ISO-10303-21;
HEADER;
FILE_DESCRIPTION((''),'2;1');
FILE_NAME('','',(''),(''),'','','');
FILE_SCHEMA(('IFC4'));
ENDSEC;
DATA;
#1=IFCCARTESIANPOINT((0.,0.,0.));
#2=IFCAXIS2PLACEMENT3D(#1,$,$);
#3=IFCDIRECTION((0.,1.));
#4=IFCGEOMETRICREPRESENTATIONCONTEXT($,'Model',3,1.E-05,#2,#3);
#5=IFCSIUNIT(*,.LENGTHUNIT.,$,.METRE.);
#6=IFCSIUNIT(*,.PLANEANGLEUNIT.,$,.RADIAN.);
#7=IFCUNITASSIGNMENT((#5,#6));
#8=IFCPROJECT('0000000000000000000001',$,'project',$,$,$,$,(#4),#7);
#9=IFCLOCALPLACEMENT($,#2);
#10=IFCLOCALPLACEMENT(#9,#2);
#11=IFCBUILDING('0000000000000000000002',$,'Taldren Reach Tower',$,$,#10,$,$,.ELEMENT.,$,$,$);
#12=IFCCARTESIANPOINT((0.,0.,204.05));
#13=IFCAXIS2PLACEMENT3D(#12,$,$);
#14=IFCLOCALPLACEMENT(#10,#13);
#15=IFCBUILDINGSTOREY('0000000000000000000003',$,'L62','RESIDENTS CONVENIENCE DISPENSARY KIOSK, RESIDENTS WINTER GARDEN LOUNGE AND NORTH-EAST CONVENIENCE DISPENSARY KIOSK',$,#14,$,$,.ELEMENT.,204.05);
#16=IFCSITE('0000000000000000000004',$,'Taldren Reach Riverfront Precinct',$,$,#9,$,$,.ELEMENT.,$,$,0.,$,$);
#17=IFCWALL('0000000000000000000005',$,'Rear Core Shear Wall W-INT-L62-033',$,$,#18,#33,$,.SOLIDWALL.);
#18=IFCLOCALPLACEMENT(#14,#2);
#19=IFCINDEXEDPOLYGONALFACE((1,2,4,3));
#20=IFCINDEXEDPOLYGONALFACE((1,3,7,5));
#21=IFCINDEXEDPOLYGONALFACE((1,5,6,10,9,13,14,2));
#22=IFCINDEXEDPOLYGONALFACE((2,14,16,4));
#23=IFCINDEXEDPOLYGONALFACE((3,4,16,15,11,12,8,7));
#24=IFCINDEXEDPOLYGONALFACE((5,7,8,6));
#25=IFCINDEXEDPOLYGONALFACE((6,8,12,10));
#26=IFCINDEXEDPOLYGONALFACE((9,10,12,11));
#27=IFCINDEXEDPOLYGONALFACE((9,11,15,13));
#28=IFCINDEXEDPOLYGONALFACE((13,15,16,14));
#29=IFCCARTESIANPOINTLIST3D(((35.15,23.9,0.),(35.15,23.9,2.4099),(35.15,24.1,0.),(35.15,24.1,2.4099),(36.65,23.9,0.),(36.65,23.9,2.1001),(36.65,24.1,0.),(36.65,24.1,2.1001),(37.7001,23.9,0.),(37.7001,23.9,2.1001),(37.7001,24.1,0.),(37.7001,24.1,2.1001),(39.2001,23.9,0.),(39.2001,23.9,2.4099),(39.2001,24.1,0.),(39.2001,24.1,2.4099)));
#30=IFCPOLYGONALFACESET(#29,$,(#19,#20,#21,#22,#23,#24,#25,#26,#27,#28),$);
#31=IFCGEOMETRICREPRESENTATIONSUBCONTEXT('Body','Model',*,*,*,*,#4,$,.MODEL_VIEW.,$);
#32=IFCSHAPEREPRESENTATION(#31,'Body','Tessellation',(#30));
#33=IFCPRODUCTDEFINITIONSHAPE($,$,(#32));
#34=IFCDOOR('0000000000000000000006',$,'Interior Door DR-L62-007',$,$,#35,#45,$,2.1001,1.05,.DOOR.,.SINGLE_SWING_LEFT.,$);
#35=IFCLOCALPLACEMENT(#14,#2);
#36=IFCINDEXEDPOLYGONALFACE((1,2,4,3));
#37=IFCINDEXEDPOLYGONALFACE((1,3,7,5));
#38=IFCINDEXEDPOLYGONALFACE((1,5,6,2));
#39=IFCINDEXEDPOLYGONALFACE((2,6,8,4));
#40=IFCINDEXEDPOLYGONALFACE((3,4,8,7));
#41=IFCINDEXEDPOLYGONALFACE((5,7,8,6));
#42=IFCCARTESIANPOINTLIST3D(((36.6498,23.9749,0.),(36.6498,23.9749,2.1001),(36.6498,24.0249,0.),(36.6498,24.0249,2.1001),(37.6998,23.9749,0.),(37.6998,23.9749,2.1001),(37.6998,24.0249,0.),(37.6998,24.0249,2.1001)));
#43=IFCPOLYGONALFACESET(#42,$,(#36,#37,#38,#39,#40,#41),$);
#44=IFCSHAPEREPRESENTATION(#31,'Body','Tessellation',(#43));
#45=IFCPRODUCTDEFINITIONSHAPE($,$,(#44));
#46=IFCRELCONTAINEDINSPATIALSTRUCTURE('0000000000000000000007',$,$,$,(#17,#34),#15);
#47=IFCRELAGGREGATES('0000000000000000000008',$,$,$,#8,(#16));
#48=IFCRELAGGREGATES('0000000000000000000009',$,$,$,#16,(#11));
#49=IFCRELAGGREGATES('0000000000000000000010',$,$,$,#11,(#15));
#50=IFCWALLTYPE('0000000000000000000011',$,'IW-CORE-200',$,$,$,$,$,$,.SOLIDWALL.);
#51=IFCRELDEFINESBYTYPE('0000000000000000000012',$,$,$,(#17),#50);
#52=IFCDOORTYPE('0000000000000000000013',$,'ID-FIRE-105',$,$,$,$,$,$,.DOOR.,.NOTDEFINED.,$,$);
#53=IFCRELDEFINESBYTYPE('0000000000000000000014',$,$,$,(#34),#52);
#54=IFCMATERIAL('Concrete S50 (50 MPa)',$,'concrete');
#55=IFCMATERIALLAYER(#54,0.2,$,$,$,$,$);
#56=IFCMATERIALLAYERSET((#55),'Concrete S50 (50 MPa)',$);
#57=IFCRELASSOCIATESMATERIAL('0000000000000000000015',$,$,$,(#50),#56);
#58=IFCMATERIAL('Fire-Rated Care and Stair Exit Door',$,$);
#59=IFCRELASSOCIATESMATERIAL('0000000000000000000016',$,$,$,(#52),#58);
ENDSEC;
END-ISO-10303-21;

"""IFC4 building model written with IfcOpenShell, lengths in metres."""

from ifc_helpers import new_model, si_unit, direction, frame, frame_2d, origin, place, context, subcontext, project, spatial, rectangle, extrude, source, transform, mapped, material, layer, layer_set, type_object, element, fill, save


model = new_model("IFC4")

# Units and contexts
model_context = context("Model", 3, precision=1e-05, world=origin(), true_north=direction((0.0, 1.0)))
body_context = subcontext(model_context, "Body", "Model", "MODEL_VIEW")
ifc_project = project(units=[si_unit("LENGTHUNIT", "METRE"), si_unit("PLANEANGLEUNIT", "RADIAN")], contexts=[model_context])

# Site, building, storey
site_placement = place(None, origin())
site = spatial("IfcSite", under=ifc_project, at=site_placement, Name="Taldren Reach Riverfront Precinct", CompositionType="ELEMENT", RefElevation=0.0)
building_placement = place(site_placement, origin())
building = spatial("IfcBuilding", under=site, at=building_placement, Name="Taldren Reach Tower", CompositionType="ELEMENT")
storey_placement = place(building_placement, frame((0.0, 0.0, 204.05)))
storey = spatial("IfcBuildingStorey", under=building, at=storey_placement, Name="L62", Description="RESIDENTS CONVENIENCE DISPENSARY KIOSK, RESIDENTS WINTER GARDEN LOUNGE AND NORTH-EAST CONVENIENCE DISPENSARY KIOSK", CompositionType="ELEMENT", Elevation=204.05)

# Shared definitions
ifc_material_1 = material(Name="Concrete S50 (50 MPa)", Category="concrete")
ifc_layer_1 = layer(ifc_material_1, 0.2)
ifc_layer_set_1 = layer_set([ifc_layer_1], Name="Concrete S50 (50 MPa)")
wall_type_1 = type_object("IfcWallType", Name="IW-CORE-200", PredefinedType="SOLIDWALL", material=ifc_layer_set_1)

# Wall, opening, door
shared_shape_1 = source(origin(), body_context, "Body", "SweptSolid", [
    extrude(rectangle(XDim=4.05, YDim=0.2, at=frame_2d((2.0249, 0.0))), origin(), (0.0, 0.0, 1.0), 2.4099),
])
wall_1_placement = place(storey_placement, frame((39.2, 24.0, 0.0), z_axis=(0.0, 0.0, 1.0), x_axis=(-1.0, 0.0, 0.0)))
wall_1 = element("IfcWall", 1, at=wall_1_placement, inside=storey, type_object=wall_type_1, Name="Rear Core Shear Wall W-INT-L62-033", PredefinedType="SOLIDWALL", context=body_context, shape_type="MappedRepresentation", body=[
    mapped(shared_shape_1, transform((0.0, 0.0, 0.0), scale=1.0)),
])
shared_shape_2 = source(origin(), body_context, "Body", "SweptSolid", [
    extrude(rectangle(XDim=1.05, YDim=2.1001, at=frame_2d((0.5249, 1.05))), frame((0.0, 0.1099, 0.0), z_axis=(0.0, -1.0, 0.0), x_axis=(1.0, 0.0, 0.0)), (0.0, 0.0, 1.0), 0.22),
])
opening_1_placement = place(wall_1_placement, frame((1.5, 0.0, 0.0)))
opening_1 = element("IfcOpeningElement", 2, at=opening_1_placement, cuts=wall_1, PredefinedType="OPENING", context=body_context, shape_type="MappedRepresentation", body=[
    mapped(shared_shape_2, transform((0.0, 0.0, 0.0), scale=1.0)),
])
ifc_material_2 = material(Name="Fire-Rated Care and Stair Exit Door")
door_type_1 = type_object("IfcDoorType", Name="ID-FIRE-105", OperationType="NOTDEFINED", PredefinedType="DOOR", material=ifc_material_2)
shared_shape_3 = source(origin(), body_context, "Body", "SweptSolid", [
    extrude(rectangle(XDim=1.05, YDim=2.1001, at=frame_2d((0.5249, 1.05))), frame((0.0, 0.0249, 0.0), z_axis=(0.0, -1.0, 0.0), x_axis=(1.0, 0.0, 0.0)), (0.0, 0.0, 1.0), 0.05),
])
door_1_placement = place(opening_1_placement, frame((1.05, 0.0, 0.0), z_axis=(0.0, 0.0, 1.0), x_axis=(-1.0, 0.0, 0.0)))
door_1 = element("IfcDoor", 3, at=door_1_placement, inside=storey, type_object=door_type_1, Name="Interior Door DR-L62-007", OperationType="SINGLE_SWING_LEFT", OverallHeight=2.1001, OverallWidth=1.05, PredefinedType="DOOR", context=body_context, shape_type="MappedRepresentation", body=[
    mapped(shared_shape_3, transform((0.0, 0.0, 0.0), scale=1.0)),
])
fill(opening_1, door_1)

save(model, "model.ifc")
